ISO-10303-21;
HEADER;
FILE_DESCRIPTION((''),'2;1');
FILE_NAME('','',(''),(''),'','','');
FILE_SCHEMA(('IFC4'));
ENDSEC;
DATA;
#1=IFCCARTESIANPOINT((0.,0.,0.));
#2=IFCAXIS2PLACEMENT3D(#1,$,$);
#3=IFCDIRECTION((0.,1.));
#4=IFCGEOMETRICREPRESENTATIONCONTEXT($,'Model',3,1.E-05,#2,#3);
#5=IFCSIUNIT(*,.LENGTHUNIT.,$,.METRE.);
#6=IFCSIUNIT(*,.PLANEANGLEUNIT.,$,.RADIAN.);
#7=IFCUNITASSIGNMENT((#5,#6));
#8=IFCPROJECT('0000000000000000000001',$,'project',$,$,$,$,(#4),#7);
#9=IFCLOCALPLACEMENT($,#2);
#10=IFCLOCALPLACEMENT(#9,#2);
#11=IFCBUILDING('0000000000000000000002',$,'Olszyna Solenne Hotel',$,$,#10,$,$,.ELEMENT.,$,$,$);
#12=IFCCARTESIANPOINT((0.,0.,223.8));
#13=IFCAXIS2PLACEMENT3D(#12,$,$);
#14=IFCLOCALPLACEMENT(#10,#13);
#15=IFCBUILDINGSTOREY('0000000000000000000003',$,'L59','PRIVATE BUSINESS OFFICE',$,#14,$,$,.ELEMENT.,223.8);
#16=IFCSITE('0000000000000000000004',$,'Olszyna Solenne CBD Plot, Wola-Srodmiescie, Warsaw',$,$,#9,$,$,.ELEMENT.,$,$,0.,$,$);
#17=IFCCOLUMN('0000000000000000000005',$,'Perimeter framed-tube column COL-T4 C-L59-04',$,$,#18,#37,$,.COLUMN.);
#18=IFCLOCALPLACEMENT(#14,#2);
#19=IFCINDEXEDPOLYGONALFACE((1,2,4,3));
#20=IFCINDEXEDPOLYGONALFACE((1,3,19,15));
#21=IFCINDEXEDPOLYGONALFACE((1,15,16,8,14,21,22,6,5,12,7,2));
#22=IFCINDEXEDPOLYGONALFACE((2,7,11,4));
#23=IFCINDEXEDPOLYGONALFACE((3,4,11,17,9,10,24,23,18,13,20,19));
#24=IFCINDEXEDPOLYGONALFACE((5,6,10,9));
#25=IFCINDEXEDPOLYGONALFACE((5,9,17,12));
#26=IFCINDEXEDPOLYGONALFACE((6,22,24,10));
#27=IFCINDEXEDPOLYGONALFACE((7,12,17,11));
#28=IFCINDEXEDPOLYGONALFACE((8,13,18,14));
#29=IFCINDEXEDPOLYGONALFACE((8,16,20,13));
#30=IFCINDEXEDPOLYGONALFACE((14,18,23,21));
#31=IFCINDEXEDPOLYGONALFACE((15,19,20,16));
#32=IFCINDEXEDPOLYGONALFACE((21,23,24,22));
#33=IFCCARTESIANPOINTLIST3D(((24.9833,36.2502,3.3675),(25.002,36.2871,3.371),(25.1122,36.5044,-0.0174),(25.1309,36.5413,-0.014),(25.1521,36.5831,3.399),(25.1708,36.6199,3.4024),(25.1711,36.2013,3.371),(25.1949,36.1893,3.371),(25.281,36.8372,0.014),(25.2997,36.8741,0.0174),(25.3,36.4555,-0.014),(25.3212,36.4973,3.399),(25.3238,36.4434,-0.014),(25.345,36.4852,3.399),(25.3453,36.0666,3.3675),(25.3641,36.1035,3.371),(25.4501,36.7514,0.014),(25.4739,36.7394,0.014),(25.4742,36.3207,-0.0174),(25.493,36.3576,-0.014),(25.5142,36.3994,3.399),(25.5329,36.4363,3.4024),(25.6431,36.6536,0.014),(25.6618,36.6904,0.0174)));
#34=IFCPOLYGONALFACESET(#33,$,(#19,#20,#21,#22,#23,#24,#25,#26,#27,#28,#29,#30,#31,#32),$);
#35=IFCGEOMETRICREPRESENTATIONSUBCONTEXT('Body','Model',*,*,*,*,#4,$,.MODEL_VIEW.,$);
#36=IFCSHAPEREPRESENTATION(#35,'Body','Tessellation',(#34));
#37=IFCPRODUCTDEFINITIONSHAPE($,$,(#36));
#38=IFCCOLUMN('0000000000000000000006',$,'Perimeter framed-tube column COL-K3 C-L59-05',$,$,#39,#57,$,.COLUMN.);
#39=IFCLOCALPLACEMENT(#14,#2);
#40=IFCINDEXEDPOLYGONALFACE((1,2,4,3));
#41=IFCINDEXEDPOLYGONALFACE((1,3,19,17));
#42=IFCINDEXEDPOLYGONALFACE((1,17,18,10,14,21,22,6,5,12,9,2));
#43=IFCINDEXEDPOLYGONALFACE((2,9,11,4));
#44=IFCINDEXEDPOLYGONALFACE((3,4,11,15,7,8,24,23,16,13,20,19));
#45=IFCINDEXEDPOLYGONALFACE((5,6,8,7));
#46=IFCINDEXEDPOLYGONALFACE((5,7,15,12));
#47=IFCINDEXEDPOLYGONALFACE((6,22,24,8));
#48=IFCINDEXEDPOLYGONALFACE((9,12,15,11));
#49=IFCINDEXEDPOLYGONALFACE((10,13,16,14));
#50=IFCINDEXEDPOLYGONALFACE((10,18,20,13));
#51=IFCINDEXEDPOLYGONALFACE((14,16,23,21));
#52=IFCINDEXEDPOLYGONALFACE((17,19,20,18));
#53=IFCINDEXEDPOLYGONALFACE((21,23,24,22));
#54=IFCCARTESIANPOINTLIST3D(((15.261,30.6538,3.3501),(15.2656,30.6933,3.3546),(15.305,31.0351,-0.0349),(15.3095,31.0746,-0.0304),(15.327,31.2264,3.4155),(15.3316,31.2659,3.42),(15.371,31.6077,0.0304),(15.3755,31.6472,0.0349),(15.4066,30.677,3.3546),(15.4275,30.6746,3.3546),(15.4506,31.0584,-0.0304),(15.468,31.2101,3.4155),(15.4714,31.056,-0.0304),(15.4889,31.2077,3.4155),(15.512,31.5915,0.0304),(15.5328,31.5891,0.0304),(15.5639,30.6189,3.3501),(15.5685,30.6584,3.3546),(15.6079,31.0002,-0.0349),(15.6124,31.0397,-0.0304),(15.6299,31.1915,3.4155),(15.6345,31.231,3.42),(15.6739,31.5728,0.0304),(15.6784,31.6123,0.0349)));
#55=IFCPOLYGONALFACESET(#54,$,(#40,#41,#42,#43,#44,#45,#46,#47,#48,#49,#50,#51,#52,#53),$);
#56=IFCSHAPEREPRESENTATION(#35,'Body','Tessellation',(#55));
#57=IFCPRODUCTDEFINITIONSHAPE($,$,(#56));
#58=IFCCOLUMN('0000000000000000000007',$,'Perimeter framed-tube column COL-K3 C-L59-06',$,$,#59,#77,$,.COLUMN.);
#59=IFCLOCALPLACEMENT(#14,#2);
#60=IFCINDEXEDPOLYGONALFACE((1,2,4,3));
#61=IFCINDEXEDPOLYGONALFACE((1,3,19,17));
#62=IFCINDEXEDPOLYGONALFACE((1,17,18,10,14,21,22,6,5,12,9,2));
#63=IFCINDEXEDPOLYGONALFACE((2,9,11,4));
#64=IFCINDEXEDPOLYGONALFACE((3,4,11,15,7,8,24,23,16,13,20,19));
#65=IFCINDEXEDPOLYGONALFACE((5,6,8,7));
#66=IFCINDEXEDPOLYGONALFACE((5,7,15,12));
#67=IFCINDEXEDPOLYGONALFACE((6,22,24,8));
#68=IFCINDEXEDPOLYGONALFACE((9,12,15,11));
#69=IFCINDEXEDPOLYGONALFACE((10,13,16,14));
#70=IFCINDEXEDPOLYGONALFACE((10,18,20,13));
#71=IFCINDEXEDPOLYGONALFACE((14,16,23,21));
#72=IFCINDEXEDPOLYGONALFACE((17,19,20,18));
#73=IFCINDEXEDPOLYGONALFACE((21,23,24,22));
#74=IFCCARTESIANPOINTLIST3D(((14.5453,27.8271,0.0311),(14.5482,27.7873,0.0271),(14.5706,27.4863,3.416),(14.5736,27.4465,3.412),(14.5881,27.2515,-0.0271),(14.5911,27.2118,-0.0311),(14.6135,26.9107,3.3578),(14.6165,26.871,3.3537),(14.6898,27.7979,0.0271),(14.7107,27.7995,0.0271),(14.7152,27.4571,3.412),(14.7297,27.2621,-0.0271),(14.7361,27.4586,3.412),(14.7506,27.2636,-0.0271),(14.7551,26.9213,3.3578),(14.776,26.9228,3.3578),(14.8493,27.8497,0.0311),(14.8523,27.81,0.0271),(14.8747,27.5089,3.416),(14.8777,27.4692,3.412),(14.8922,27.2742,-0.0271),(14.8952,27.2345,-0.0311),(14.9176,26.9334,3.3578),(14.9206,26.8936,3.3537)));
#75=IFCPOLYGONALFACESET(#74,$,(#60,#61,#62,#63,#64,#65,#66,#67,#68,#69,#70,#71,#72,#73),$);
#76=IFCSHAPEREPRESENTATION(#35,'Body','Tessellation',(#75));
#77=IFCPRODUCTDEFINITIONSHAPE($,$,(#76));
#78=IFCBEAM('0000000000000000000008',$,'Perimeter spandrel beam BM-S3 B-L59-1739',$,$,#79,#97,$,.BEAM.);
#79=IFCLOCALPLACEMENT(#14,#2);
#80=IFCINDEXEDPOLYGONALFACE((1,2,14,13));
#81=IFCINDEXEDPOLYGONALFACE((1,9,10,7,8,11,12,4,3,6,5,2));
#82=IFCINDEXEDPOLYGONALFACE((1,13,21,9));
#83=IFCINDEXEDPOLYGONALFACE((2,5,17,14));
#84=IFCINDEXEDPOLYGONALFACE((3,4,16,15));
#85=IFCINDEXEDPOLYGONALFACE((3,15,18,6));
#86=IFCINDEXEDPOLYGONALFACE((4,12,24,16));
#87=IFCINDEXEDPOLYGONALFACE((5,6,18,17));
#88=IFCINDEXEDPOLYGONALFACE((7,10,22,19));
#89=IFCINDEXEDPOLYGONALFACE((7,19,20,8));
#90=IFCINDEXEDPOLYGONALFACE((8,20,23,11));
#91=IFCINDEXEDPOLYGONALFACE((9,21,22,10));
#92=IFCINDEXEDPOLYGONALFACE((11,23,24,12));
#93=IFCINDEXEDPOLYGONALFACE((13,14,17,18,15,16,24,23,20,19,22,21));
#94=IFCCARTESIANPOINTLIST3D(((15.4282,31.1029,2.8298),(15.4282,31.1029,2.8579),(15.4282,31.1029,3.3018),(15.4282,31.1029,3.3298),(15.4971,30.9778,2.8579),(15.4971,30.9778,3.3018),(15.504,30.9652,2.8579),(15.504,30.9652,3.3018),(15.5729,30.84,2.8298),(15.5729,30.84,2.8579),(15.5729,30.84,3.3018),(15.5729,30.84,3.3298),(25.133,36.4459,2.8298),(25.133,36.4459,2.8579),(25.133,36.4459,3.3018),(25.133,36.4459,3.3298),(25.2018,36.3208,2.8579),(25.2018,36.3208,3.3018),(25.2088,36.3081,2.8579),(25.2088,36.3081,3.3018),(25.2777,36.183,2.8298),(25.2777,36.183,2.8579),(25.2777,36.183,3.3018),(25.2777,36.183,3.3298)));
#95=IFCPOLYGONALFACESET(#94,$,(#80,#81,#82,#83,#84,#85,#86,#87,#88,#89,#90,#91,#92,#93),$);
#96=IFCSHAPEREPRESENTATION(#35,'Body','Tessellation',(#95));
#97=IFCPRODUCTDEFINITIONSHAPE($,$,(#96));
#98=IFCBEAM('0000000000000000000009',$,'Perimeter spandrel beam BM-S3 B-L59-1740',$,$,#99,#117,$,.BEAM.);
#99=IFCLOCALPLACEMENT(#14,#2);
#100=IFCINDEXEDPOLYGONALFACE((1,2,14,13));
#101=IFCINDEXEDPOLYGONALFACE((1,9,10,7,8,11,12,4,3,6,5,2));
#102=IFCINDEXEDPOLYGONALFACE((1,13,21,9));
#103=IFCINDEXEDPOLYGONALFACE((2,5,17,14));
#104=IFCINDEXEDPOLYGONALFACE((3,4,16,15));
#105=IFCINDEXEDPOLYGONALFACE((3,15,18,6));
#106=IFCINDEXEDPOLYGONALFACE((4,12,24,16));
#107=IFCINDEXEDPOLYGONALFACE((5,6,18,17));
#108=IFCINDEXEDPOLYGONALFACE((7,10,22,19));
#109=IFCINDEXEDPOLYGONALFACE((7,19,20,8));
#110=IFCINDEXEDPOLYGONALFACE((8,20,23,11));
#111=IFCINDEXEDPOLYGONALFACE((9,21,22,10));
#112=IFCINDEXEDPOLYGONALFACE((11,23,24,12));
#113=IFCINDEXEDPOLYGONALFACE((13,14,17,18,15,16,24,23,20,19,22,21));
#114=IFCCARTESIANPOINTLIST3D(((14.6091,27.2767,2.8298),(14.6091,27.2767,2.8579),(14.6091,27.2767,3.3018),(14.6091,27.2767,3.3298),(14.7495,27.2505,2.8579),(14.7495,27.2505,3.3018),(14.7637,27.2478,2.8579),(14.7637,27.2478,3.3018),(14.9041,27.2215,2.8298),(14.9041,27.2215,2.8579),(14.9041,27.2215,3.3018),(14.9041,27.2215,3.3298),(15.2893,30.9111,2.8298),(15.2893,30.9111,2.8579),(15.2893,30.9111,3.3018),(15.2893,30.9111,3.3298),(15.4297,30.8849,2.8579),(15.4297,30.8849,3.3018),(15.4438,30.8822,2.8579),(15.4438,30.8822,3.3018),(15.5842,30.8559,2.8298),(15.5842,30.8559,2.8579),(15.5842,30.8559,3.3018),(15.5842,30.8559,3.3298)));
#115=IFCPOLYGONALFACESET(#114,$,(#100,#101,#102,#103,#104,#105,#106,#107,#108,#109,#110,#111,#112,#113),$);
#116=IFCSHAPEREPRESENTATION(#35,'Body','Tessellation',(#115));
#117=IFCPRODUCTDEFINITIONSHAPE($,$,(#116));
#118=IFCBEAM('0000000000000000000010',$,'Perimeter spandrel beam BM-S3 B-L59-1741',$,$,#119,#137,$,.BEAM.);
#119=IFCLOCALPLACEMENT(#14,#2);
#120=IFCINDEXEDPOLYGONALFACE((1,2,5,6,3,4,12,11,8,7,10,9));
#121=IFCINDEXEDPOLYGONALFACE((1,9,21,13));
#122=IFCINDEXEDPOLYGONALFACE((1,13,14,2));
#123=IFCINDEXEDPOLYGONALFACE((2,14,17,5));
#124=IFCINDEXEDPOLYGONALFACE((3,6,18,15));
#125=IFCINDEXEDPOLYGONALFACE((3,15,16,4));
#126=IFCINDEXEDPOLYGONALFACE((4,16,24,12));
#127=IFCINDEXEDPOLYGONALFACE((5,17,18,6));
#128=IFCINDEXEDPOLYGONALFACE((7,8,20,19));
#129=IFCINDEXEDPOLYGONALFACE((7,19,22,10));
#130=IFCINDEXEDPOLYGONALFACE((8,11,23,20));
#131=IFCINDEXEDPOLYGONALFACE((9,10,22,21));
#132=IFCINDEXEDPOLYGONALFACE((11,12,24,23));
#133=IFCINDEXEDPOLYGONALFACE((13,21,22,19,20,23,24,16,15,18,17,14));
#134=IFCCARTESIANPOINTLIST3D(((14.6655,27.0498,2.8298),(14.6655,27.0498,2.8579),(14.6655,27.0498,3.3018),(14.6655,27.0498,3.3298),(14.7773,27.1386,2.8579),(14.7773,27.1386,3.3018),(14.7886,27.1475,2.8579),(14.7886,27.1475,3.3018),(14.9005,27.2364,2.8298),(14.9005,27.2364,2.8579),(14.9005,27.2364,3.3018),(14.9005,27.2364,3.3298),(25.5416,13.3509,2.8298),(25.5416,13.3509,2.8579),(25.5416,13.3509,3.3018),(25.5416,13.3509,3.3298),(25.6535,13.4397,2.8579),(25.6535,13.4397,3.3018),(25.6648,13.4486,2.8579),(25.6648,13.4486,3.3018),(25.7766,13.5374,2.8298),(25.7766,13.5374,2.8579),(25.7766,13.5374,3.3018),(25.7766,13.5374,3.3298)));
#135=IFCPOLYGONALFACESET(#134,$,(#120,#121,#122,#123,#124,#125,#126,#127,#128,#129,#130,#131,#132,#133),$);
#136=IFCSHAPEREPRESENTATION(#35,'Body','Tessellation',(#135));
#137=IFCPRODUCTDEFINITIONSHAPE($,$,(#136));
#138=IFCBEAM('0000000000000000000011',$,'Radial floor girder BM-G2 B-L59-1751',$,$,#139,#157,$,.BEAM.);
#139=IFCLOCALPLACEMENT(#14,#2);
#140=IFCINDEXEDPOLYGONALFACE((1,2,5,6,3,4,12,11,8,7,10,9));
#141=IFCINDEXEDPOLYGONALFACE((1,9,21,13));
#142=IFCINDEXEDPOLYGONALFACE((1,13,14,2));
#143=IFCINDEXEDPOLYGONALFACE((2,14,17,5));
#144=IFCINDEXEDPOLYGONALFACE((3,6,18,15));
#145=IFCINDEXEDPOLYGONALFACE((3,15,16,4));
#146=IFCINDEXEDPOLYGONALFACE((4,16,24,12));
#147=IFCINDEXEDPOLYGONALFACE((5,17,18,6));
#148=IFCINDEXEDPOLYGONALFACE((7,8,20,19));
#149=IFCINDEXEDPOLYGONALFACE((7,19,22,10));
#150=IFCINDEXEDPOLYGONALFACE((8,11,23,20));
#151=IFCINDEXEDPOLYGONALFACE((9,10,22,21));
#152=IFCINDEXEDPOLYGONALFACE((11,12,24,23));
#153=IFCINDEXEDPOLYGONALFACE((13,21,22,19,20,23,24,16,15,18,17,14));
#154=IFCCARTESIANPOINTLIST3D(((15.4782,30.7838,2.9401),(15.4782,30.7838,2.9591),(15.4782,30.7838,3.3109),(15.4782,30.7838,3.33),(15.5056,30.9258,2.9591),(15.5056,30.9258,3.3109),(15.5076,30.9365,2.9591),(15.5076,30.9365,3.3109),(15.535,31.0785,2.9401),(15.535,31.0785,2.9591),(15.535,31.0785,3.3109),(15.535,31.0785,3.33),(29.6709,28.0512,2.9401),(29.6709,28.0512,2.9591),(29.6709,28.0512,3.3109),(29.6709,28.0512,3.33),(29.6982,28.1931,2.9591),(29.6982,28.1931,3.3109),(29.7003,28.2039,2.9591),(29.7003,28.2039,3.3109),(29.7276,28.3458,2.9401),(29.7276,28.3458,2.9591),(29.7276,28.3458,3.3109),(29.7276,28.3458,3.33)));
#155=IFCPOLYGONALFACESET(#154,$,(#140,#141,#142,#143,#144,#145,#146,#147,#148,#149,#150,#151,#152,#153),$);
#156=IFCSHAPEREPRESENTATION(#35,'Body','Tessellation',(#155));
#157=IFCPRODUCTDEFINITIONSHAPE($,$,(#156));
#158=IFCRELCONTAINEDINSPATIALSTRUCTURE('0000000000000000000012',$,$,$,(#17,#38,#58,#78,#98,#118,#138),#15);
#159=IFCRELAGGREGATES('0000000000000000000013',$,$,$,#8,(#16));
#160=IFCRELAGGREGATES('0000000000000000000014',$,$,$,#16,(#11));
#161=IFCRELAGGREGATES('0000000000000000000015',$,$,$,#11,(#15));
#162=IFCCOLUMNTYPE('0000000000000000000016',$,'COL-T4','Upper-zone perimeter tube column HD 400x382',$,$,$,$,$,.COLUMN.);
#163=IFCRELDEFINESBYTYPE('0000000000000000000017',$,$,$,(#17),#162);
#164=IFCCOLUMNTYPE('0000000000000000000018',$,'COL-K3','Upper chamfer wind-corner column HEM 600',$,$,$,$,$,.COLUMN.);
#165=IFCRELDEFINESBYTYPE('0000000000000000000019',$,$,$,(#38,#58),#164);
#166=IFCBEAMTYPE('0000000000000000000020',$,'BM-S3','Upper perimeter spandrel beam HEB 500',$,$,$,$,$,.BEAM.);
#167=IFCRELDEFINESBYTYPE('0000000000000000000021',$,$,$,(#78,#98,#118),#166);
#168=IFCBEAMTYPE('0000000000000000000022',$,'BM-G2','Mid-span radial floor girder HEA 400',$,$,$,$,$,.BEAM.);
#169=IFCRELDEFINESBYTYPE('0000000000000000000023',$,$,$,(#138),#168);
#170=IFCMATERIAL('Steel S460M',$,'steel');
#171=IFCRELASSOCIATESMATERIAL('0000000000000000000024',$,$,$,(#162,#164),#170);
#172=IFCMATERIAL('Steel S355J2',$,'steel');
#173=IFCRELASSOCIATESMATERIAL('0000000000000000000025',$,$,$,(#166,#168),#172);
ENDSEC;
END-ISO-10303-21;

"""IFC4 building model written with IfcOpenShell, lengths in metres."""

from ifc_helpers import new_model, si_unit, direction, frame, origin, origin_2d, place, context, subcontext, project, spatial, i_section, extrude, source, transform, mapped, material, material_profile, profile_set, type_object, element, save


model = new_model("IFC4")

# Units and contexts
model_context = context("Model", 3, precision=1e-05, world=origin(), true_north=direction((0.0, 1.0)))
body_context = subcontext(model_context, "Body", "Model", "MODEL_VIEW")
ifc_project = project(units=[si_unit("LENGTHUNIT", "METRE"), si_unit("PLANEANGLEUNIT", "RADIAN")], contexts=[model_context])

# Site, building, storey
site_placement = place(None, origin())
site = spatial("IfcSite", under=ifc_project, at=site_placement, Name="Olszyna Solenne CBD Plot, Wola-Srodmiescie, Warsaw", CompositionType="ELEMENT", RefElevation=0.0)
building_placement = place(site_placement, origin())
building = spatial("IfcBuilding", under=site, at=building_placement, Name="Olszyna Solenne Hotel", CompositionType="ELEMENT")
storey_placement = place(building_placement, frame((0.0, 0.0, 223.8)))
storey = spatial("IfcBuildingStorey", under=building, at=storey_placement, Name="L59", Description="PRIVATE BUSINESS OFFICE", CompositionType="ELEMENT", Elevation=223.8)

# Columns
ifc_material_1 = material(Name="Steel S460M", Category="steel")
ifc_material_profile_1 = material_profile(ifc_material_1, i_section(OverallWidth=0.406, OverallDepth=0.416, WebThickness=0.0266, FlangeThickness=0.0415, at=origin_2d()), Name="HD 400x382", Category="load-bearing")
ifc_profile_set_1 = profile_set([ifc_material_profile_1], Name="Steel S460M")
column_type_1 = type_object("IfcColumnType", Name="COL-T4", Description="Upper-zone perimeter tube column HD 400x382", PredefinedType="COLUMN", material=ifc_profile_set_1)
shared_shape_1 = source(origin(), body_context, "Body", "SweptSolid", [
    extrude(i_section(OverallWidth=0.406, OverallDepth=0.416, WebThickness=0.0266, FlangeThickness=0.0415, at=origin_2d()), origin(), (0.0, 0.0, 1.0), 3.397),
])
column_1_placement = place(storey_placement, frame((25.387, 36.5974, 0.0), z_axis=(-0.037947, -0.074816, 0.996475), x_axis=(0.891842, -0.452347, 0.0)))
element("IfcColumn", 1, at=column_1_placement, inside=storey, type_object=column_type_1, Name="Perimeter framed-tube column COL-T4 C-L59-04", PredefinedType="COLUMN", context=body_context, shape_type="MappedRepresentation", body=[
    mapped(shared_shape_1, transform((0.0, 0.0, 0.0), x_axis=(1.0, 0.0, 0.0), y_axis=(0.0, 1.0, 0.0), z_axis=(0.0, 0.0, 1.0), scale=1.0)),
])
ifc_material_profile_2 = material_profile(ifc_material_1, i_section(OverallWidth=0.3049, OverallDepth=0.6201, WebThickness=0.021, FlangeThickness=0.04, at=origin_2d()), Name="HEM 600", Category="load-bearing")
ifc_profile_set_2 = profile_set([ifc_material_profile_2], Name="Steel S460M")
column_type_2 = type_object("IfcColumnType", Name="COL-K3", Description="Upper chamfer wind-corner column HEM 600", PredefinedType="COLUMN", material=ifc_profile_set_2)
shared_shape_2 = source(origin(), body_context, "Body", "SweptSolid", [
    extrude(i_section(OverallWidth=0.3049, OverallDepth=0.6201, WebThickness=0.021, FlangeThickness=0.04, at=origin_2d()), origin(), (0.0, 0.0, 1.0), 3.4067),
])
column_2_placement = place(storey_placement, frame((15.4917, 31.3237, 0.0), z_axis=(-0.0129, -0.11194, 0.993631), x_axis=(0.993426, -0.114479, 0.0)))
element("IfcColumn", 2, at=column_2_placement, inside=storey, type_object=column_type_2, Name="Perimeter framed-tube column COL-K3 C-L59-05", PredefinedType="COLUMN", context=body_context, shape_type="MappedRepresentation", body=[
    mapped(shared_shape_2, transform((0.0, 0.0, 0.0), x_axis=(1.0, 0.0, 0.0), y_axis=(0.0, 1.0, 0.0), z_axis=(0.0, 0.0, 1.0), scale=1.0)),
])
shared_shape_3 = source(origin(), body_context, "Body", "SweptSolid", [
    extrude(i_section(OverallWidth=0.3049, OverallDepth=0.6201, WebThickness=0.021, FlangeThickness=0.04, at=origin_2d()), origin(), (0.0, 0.0, 1.0), 3.4021),
])
column_3_placement = place(storey_placement, frame((14.7202, 27.5308, 0.0), z_axis=(0.007463, -0.100176, 0.994942), x_axis=(0.997236, 0.074293, 0.0)))
element("IfcColumn", 3, at=column_3_placement, inside=storey, type_object=column_type_2, Name="Perimeter framed-tube column COL-K3 C-L59-06", PredefinedType="COLUMN", context=body_context, shape_type="MappedRepresentation", body=[
    mapped(shared_shape_3, transform((0.0, 0.0, 0.0), x_axis=(1.0, 0.0, 0.0), y_axis=(0.0, 1.0, 0.0), z_axis=(0.0, 0.0, 1.0), scale=1.0)),
])

# Beams
ifc_material_2 = material(Name="Steel S355J2", Category="steel")
ifc_material_profile_3 = material_profile(ifc_material_2, i_section(OverallWidth=0.3, OverallDepth=0.5, WebThickness=0.0144, FlangeThickness=0.0281, at=origin_2d()), Name="HEB 500", Category="load-bearing")
ifc_profile_set_3 = profile_set([ifc_material_profile_3], Name="Steel S355J2")
beam_type_1 = type_object("IfcBeamType", Name="BM-S3", Description="Upper perimeter spandrel beam HEB 500", PredefinedType="BEAM", material=ifc_profile_set_3)
shared_shape_4 = source(origin(), body_context, "Body", "SweptSolid", [
    extrude(i_section(OverallWidth=0.3, OverallDepth=0.5, WebThickness=0.0144, FlangeThickness=0.0281, at=origin_2d()), origin(), (0.0, 0.0, 1.0), 11.0784),
])
beam_1_placement = place(storey_placement, frame((25.2053, 36.3145, 3.0798), z_axis=(-0.876012, -0.48229, 0.0), x_axis=(0.48229, -0.876012, 0.0)))
element("IfcBeam", 4, at=beam_1_placement, inside=storey, type_object=beam_type_1, Name="Perimeter spandrel beam BM-S3 B-L59-1739", PredefinedType="BEAM", context=body_context, shape_type="MappedRepresentation", body=[
    mapped(shared_shape_4, transform((0.0, 0.0, 0.0), x_axis=(1.0, 0.0, 0.0), y_axis=(0.0, 1.0, 0.0), z_axis=(0.0, 0.0, 1.0), scale=1.0)),
])
shared_shape_5 = source(origin(), body_context, "Body", "SweptSolid", [
    extrude(i_section(OverallWidth=0.3, OverallDepth=0.5, WebThickness=0.0144, FlangeThickness=0.0281, at=origin_2d()), origin(), (0.0, 0.0, 1.0), 3.6975),
])
beam_2_placement = place(storey_placement, frame((15.4368, 30.8835, 3.0798), z_axis=(-0.18395, -0.982936, 0.0), x_axis=(0.982936, -0.18395, 0.0)))
element("IfcBeam", 5, at=beam_2_placement, inside=storey, type_object=beam_type_1, Name="Perimeter spandrel beam BM-S3 B-L59-1740", PredefinedType="BEAM", context=body_context, shape_type="MappedRepresentation", body=[
    mapped(shared_shape_5, transform((0.0, 0.0, 0.0), x_axis=(1.0, 0.0, 0.0), y_axis=(0.0, 1.0, 0.0), z_axis=(0.0, 0.0, 1.0), scale=1.0)),
])
shared_shape_6 = source(origin(), body_context, "Body", "SweptSolid", [
    extrude(i_section(OverallWidth=0.3, OverallDepth=0.5, WebThickness=0.0144, FlangeThickness=0.0281, at=origin_2d()), origin(), (0.0, 0.0, 1.0), 17.4915),
])
beam_3_placement = place(storey_placement, frame((14.783, 27.1431, 3.0798), z_axis=(0.621799, -0.783177, 0.0), x_axis=(0.783177, 0.621799, 0.0)))
element("IfcBeam", 6, at=beam_3_placement, inside=storey, type_object=beam_type_1, Name="Perimeter spandrel beam BM-S3 B-L59-1741", PredefinedType="BEAM", context=body_context, shape_type="MappedRepresentation", body=[
    mapped(shared_shape_6, transform((0.0, 0.0, 0.0), x_axis=(1.0, 0.0, 0.0), y_axis=(0.0, 1.0, 0.0), z_axis=(0.0, 0.0, 1.0), scale=1.0)),
])
ifc_material_profile_4 = material_profile(ifc_material_2, i_section(OverallWidth=0.3, OverallDepth=0.3899, WebThickness=0.011, FlangeThickness=0.019, at=origin_2d()), Name="HEA 400", Category="load-bearing")
ifc_profile_set_4 = profile_set([ifc_material_profile_4], Name="Steel S355J2")
beam_type_2 = type_object("IfcBeamType", Name="BM-G2", Description="Mid-span radial floor girder HEA 400", PredefinedType="BEAM", material=ifc_profile_set_4)
shared_shape_7 = source(origin(), body_context, "Body", "SweptSolid", [
    extrude(i_section(OverallWidth=0.3, OverallDepth=0.3899, WebThickness=0.011, FlangeThickness=0.019, at=origin_2d()), origin(), (0.0, 0.0, 1.0), 14.4534),
])
beam_4_placement = place(storey_placement, frame((15.5066, 30.9312, 3.135), z_axis=(0.981964, -0.189069, 0.0), x_axis=(0.189069, 0.981964, 0.0)))
element("IfcBeam", 7, at=beam_4_placement, inside=storey, type_object=beam_type_2, Name="Radial floor girder BM-G2 B-L59-1751", PredefinedType="BEAM", context=body_context, shape_type="MappedRepresentation", body=[
    mapped(shared_shape_7, transform((0.0, 0.0, 0.0), x_axis=(1.0, 0.0, 0.0), y_axis=(0.0, 1.0, 0.0), z_axis=(0.0, 0.0, 1.0), scale=1.0)),
])

save(model, "model.ifc")
